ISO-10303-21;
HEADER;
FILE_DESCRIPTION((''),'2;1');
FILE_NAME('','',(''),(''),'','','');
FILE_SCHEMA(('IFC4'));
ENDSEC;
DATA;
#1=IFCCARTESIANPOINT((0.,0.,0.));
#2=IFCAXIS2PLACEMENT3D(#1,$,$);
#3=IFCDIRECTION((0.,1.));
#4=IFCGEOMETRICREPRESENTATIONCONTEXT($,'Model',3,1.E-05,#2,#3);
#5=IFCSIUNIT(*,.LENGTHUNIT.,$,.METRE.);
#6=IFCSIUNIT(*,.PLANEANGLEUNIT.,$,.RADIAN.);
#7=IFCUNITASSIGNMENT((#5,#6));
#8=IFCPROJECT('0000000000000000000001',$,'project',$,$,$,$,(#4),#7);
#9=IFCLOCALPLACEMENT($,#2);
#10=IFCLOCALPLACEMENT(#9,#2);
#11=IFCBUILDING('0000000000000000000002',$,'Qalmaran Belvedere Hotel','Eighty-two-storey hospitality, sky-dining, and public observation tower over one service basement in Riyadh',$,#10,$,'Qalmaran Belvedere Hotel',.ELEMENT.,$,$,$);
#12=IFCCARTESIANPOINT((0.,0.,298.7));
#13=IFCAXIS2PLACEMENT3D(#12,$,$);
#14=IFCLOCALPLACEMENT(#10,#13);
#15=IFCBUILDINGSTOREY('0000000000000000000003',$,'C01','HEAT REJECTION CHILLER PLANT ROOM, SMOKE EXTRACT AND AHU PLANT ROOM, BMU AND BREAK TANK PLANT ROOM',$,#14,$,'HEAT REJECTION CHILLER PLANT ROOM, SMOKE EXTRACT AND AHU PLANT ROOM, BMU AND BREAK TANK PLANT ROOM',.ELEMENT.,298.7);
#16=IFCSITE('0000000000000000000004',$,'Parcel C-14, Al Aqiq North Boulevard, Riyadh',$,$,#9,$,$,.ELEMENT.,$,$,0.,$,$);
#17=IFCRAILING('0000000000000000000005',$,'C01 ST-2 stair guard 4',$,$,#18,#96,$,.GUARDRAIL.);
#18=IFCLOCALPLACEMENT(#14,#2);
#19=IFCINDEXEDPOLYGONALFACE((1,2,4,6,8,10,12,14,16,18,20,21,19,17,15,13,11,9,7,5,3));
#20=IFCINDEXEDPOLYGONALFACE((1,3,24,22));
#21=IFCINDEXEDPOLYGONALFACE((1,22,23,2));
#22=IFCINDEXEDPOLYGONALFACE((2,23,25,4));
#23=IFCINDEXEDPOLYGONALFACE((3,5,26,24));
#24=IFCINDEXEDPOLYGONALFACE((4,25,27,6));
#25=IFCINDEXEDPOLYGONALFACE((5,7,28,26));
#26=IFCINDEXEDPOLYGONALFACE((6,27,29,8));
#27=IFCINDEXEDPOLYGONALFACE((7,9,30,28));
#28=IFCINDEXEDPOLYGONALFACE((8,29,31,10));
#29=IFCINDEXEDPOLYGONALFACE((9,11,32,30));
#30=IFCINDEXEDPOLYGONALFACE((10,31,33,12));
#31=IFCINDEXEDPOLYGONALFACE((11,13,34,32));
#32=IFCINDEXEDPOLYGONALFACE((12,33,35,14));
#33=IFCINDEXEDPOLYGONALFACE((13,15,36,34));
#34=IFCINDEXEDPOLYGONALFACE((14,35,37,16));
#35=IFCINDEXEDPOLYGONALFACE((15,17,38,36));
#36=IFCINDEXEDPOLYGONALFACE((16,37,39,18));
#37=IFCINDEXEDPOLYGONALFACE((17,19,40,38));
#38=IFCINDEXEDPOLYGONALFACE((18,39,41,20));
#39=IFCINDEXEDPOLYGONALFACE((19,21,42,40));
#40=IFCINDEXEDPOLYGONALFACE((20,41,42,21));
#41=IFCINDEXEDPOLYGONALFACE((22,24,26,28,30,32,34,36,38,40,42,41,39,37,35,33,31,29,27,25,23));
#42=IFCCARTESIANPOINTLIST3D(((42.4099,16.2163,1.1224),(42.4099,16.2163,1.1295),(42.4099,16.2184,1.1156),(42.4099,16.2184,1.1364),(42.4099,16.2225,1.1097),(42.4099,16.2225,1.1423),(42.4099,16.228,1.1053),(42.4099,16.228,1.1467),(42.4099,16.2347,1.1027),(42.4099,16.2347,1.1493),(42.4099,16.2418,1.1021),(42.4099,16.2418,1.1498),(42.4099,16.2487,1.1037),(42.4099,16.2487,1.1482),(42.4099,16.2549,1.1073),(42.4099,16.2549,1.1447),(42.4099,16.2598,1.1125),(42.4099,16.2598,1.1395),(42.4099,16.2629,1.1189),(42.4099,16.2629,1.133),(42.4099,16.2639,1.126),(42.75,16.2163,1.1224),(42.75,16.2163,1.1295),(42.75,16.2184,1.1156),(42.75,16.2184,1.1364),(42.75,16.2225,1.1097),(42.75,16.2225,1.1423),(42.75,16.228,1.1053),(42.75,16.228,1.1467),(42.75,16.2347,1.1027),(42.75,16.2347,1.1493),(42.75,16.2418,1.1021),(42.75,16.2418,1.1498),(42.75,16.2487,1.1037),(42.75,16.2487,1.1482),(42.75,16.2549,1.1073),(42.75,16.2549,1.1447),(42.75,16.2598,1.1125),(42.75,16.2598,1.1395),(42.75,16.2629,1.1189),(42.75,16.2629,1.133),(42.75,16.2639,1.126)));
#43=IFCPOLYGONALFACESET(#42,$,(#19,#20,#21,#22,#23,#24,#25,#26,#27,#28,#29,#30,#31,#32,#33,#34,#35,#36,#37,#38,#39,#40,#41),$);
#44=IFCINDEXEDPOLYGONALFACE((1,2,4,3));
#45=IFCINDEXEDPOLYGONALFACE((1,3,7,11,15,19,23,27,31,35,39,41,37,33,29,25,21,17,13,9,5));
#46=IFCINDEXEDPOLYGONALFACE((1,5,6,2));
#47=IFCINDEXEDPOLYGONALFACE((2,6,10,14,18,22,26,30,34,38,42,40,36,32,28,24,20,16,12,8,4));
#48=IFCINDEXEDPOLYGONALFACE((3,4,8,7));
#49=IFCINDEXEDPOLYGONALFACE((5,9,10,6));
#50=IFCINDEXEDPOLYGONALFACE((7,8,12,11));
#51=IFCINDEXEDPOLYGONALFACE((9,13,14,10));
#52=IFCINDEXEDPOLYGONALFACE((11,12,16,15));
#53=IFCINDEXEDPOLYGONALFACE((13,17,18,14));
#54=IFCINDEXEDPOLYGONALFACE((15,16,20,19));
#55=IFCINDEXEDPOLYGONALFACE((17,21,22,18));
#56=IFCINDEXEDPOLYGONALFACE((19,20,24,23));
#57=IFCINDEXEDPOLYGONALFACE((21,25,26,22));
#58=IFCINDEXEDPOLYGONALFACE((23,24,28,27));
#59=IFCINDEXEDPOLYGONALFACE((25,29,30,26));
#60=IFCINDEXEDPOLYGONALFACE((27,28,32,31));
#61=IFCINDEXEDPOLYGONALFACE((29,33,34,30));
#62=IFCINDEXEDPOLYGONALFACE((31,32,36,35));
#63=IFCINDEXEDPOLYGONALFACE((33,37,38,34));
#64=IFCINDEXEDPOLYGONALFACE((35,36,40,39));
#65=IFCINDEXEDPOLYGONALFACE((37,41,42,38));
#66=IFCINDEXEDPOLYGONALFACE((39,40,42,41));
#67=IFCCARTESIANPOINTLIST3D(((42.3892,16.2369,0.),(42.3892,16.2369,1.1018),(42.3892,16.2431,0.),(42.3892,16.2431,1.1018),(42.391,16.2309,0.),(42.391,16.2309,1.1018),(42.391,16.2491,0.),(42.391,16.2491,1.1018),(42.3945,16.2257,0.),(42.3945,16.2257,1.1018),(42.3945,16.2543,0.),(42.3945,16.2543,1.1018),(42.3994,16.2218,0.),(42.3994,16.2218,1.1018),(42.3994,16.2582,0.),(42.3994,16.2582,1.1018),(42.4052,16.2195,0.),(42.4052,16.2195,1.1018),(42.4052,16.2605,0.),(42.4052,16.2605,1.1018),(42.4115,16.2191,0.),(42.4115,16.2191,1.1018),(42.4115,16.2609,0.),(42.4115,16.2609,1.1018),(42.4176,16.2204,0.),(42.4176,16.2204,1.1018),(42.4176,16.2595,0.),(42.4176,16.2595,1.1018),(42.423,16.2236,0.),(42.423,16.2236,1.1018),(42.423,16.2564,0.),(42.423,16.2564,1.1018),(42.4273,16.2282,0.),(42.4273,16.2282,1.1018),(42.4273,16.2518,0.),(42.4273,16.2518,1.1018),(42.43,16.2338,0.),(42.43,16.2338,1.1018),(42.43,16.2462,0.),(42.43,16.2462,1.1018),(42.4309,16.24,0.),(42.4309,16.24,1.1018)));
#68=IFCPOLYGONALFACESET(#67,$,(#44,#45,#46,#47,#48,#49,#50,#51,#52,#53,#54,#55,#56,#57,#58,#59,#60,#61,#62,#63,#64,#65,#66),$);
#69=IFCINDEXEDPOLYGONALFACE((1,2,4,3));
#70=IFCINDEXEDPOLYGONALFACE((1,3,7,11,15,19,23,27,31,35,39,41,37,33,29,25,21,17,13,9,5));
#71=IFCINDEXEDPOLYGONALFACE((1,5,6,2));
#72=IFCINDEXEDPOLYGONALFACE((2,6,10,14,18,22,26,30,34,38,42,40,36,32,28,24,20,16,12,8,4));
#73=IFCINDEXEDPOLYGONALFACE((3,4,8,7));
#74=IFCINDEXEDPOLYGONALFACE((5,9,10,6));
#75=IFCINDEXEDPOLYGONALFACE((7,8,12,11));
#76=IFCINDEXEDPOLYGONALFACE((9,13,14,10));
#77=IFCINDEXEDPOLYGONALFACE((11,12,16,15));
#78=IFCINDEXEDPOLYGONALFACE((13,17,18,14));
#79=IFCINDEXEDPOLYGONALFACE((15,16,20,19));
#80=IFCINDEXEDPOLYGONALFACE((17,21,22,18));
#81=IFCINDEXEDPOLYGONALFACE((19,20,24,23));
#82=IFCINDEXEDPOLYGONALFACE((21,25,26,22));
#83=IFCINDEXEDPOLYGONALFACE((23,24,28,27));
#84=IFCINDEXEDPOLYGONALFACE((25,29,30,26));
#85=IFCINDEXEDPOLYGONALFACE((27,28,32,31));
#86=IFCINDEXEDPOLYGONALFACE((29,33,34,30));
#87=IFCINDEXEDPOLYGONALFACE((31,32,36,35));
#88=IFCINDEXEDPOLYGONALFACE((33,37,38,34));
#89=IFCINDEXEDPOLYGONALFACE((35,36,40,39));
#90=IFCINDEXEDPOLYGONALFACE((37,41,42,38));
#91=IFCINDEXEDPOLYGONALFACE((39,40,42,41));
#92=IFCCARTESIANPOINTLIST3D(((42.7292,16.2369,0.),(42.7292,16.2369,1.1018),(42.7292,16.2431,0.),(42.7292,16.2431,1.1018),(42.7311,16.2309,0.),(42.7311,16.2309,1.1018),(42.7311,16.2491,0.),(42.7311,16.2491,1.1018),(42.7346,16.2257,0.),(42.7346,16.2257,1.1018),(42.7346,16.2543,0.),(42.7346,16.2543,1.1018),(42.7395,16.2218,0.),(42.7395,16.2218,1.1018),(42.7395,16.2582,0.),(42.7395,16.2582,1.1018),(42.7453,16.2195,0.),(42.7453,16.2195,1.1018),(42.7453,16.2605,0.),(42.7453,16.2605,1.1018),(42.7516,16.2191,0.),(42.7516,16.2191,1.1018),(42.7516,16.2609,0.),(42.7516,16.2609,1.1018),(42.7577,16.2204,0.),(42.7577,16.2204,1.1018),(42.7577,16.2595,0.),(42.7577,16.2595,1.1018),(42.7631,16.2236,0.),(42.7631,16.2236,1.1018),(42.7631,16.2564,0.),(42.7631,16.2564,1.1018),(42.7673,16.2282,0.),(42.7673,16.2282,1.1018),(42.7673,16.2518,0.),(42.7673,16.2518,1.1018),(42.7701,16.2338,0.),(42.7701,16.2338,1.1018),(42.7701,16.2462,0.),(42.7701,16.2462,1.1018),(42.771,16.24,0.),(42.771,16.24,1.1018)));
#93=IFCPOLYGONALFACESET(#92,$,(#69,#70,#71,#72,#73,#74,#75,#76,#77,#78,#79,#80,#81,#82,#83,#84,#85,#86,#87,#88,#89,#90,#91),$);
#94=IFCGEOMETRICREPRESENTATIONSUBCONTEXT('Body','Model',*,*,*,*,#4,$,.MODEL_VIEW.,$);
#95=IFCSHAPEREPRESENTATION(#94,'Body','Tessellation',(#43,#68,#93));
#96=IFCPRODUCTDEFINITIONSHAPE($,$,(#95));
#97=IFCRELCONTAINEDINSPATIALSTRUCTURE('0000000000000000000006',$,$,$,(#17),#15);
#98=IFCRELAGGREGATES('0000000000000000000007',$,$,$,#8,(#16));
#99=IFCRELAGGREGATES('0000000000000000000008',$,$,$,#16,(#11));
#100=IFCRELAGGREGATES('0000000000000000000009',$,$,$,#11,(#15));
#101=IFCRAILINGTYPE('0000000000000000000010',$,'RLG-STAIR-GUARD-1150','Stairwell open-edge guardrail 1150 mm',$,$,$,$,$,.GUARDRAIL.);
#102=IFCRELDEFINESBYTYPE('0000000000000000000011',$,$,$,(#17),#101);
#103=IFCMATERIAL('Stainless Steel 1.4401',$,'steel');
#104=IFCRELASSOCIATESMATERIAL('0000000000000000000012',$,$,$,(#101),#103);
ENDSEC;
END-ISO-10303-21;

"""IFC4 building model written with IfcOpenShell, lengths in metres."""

from ifc_helpers import new_model, si_unit, direction, frame, origin, origin_2d, place, context, subcontext, project, spatial, circle, extrude, material, type_object, element, save


model = new_model("IFC4")

# Units and contexts
model_context = context("Model", 3, precision=1e-05, world=origin(), true_north=direction((0.0, 1.0)))
body_context = subcontext(model_context, "Body", "Model", "MODEL_VIEW")
ifc_project = project(units=[si_unit("LENGTHUNIT", "METRE"), si_unit("PLANEANGLEUNIT", "RADIAN")], contexts=[model_context])

# Site, building, storey
site_placement = place(None, origin())
site = spatial("IfcSite", under=ifc_project, at=site_placement, Name="Parcel C-14, Al Aqiq North Boulevard, Riyadh", CompositionType="ELEMENT", RefElevation=0.0)
building_placement = place(site_placement, origin())
building = spatial("IfcBuilding", under=site, at=building_placement, Name="Qalmaran Belvedere Hotel", Description="Eighty-two-storey hospitality, sky-dining, and public observation tower over one service basement in Riyadh", LongName="Qalmaran Belvedere Hotel", CompositionType="ELEMENT")
storey_placement = place(building_placement, frame((0.0, 0.0, 298.7)))
storey = spatial("IfcBuildingStorey", under=building, at=storey_placement, Name="C01", Description="HEAT REJECTION CHILLER PLANT ROOM, SMOKE EXTRACT AND AHU PLANT ROOM, BMU AND BREAK TANK PLANT ROOM", LongName="HEAT REJECTION CHILLER PLANT ROOM, SMOKE EXTRACT AND AHU PLANT ROOM, BMU AND BREAK TANK PLANT ROOM", CompositionType="ELEMENT", Elevation=298.7)

# Railing
ifc_material_1 = material(Name="Stainless Steel 1.4401", Category="steel")
railing_type_1 = type_object("IfcRailingType", Name="RLG-STAIR-GUARD-1150", Description="Stairwell open-edge guardrail 1150 mm", PredefinedType="GUARDRAIL", material=ifc_material_1)
railing_1_placement = place(storey_placement, frame((42.4099, 16.24, 0.0)))
element("IfcRailing", 1, at=railing_1_placement, inside=storey, type_object=railing_type_1, Name="C01 ST-2 stair guard 4", PredefinedType="GUARDRAIL", context=body_context, shape_type="SweptSolid", body=[
    extrude(circle(Radius=0.0239, at=origin_2d()), frame((0.0, 0.0, 1.126), z_axis=(1.0, 0.0, 0.0), x_axis=(0.0, 1.0, 0.0)), (0.0, 0.0, 1.0), 0.3401),
    extrude(circle(Radius=0.021, at=origin_2d()), origin(), (0.0, 0.0, 1.0), 1.1018),
    extrude(circle(Radius=0.021, at=origin_2d()), frame((0.3401, 0.0, 0.0)), (0.0, 0.0, 1.0), 1.1018),
])

save(model, "model.ifc")
